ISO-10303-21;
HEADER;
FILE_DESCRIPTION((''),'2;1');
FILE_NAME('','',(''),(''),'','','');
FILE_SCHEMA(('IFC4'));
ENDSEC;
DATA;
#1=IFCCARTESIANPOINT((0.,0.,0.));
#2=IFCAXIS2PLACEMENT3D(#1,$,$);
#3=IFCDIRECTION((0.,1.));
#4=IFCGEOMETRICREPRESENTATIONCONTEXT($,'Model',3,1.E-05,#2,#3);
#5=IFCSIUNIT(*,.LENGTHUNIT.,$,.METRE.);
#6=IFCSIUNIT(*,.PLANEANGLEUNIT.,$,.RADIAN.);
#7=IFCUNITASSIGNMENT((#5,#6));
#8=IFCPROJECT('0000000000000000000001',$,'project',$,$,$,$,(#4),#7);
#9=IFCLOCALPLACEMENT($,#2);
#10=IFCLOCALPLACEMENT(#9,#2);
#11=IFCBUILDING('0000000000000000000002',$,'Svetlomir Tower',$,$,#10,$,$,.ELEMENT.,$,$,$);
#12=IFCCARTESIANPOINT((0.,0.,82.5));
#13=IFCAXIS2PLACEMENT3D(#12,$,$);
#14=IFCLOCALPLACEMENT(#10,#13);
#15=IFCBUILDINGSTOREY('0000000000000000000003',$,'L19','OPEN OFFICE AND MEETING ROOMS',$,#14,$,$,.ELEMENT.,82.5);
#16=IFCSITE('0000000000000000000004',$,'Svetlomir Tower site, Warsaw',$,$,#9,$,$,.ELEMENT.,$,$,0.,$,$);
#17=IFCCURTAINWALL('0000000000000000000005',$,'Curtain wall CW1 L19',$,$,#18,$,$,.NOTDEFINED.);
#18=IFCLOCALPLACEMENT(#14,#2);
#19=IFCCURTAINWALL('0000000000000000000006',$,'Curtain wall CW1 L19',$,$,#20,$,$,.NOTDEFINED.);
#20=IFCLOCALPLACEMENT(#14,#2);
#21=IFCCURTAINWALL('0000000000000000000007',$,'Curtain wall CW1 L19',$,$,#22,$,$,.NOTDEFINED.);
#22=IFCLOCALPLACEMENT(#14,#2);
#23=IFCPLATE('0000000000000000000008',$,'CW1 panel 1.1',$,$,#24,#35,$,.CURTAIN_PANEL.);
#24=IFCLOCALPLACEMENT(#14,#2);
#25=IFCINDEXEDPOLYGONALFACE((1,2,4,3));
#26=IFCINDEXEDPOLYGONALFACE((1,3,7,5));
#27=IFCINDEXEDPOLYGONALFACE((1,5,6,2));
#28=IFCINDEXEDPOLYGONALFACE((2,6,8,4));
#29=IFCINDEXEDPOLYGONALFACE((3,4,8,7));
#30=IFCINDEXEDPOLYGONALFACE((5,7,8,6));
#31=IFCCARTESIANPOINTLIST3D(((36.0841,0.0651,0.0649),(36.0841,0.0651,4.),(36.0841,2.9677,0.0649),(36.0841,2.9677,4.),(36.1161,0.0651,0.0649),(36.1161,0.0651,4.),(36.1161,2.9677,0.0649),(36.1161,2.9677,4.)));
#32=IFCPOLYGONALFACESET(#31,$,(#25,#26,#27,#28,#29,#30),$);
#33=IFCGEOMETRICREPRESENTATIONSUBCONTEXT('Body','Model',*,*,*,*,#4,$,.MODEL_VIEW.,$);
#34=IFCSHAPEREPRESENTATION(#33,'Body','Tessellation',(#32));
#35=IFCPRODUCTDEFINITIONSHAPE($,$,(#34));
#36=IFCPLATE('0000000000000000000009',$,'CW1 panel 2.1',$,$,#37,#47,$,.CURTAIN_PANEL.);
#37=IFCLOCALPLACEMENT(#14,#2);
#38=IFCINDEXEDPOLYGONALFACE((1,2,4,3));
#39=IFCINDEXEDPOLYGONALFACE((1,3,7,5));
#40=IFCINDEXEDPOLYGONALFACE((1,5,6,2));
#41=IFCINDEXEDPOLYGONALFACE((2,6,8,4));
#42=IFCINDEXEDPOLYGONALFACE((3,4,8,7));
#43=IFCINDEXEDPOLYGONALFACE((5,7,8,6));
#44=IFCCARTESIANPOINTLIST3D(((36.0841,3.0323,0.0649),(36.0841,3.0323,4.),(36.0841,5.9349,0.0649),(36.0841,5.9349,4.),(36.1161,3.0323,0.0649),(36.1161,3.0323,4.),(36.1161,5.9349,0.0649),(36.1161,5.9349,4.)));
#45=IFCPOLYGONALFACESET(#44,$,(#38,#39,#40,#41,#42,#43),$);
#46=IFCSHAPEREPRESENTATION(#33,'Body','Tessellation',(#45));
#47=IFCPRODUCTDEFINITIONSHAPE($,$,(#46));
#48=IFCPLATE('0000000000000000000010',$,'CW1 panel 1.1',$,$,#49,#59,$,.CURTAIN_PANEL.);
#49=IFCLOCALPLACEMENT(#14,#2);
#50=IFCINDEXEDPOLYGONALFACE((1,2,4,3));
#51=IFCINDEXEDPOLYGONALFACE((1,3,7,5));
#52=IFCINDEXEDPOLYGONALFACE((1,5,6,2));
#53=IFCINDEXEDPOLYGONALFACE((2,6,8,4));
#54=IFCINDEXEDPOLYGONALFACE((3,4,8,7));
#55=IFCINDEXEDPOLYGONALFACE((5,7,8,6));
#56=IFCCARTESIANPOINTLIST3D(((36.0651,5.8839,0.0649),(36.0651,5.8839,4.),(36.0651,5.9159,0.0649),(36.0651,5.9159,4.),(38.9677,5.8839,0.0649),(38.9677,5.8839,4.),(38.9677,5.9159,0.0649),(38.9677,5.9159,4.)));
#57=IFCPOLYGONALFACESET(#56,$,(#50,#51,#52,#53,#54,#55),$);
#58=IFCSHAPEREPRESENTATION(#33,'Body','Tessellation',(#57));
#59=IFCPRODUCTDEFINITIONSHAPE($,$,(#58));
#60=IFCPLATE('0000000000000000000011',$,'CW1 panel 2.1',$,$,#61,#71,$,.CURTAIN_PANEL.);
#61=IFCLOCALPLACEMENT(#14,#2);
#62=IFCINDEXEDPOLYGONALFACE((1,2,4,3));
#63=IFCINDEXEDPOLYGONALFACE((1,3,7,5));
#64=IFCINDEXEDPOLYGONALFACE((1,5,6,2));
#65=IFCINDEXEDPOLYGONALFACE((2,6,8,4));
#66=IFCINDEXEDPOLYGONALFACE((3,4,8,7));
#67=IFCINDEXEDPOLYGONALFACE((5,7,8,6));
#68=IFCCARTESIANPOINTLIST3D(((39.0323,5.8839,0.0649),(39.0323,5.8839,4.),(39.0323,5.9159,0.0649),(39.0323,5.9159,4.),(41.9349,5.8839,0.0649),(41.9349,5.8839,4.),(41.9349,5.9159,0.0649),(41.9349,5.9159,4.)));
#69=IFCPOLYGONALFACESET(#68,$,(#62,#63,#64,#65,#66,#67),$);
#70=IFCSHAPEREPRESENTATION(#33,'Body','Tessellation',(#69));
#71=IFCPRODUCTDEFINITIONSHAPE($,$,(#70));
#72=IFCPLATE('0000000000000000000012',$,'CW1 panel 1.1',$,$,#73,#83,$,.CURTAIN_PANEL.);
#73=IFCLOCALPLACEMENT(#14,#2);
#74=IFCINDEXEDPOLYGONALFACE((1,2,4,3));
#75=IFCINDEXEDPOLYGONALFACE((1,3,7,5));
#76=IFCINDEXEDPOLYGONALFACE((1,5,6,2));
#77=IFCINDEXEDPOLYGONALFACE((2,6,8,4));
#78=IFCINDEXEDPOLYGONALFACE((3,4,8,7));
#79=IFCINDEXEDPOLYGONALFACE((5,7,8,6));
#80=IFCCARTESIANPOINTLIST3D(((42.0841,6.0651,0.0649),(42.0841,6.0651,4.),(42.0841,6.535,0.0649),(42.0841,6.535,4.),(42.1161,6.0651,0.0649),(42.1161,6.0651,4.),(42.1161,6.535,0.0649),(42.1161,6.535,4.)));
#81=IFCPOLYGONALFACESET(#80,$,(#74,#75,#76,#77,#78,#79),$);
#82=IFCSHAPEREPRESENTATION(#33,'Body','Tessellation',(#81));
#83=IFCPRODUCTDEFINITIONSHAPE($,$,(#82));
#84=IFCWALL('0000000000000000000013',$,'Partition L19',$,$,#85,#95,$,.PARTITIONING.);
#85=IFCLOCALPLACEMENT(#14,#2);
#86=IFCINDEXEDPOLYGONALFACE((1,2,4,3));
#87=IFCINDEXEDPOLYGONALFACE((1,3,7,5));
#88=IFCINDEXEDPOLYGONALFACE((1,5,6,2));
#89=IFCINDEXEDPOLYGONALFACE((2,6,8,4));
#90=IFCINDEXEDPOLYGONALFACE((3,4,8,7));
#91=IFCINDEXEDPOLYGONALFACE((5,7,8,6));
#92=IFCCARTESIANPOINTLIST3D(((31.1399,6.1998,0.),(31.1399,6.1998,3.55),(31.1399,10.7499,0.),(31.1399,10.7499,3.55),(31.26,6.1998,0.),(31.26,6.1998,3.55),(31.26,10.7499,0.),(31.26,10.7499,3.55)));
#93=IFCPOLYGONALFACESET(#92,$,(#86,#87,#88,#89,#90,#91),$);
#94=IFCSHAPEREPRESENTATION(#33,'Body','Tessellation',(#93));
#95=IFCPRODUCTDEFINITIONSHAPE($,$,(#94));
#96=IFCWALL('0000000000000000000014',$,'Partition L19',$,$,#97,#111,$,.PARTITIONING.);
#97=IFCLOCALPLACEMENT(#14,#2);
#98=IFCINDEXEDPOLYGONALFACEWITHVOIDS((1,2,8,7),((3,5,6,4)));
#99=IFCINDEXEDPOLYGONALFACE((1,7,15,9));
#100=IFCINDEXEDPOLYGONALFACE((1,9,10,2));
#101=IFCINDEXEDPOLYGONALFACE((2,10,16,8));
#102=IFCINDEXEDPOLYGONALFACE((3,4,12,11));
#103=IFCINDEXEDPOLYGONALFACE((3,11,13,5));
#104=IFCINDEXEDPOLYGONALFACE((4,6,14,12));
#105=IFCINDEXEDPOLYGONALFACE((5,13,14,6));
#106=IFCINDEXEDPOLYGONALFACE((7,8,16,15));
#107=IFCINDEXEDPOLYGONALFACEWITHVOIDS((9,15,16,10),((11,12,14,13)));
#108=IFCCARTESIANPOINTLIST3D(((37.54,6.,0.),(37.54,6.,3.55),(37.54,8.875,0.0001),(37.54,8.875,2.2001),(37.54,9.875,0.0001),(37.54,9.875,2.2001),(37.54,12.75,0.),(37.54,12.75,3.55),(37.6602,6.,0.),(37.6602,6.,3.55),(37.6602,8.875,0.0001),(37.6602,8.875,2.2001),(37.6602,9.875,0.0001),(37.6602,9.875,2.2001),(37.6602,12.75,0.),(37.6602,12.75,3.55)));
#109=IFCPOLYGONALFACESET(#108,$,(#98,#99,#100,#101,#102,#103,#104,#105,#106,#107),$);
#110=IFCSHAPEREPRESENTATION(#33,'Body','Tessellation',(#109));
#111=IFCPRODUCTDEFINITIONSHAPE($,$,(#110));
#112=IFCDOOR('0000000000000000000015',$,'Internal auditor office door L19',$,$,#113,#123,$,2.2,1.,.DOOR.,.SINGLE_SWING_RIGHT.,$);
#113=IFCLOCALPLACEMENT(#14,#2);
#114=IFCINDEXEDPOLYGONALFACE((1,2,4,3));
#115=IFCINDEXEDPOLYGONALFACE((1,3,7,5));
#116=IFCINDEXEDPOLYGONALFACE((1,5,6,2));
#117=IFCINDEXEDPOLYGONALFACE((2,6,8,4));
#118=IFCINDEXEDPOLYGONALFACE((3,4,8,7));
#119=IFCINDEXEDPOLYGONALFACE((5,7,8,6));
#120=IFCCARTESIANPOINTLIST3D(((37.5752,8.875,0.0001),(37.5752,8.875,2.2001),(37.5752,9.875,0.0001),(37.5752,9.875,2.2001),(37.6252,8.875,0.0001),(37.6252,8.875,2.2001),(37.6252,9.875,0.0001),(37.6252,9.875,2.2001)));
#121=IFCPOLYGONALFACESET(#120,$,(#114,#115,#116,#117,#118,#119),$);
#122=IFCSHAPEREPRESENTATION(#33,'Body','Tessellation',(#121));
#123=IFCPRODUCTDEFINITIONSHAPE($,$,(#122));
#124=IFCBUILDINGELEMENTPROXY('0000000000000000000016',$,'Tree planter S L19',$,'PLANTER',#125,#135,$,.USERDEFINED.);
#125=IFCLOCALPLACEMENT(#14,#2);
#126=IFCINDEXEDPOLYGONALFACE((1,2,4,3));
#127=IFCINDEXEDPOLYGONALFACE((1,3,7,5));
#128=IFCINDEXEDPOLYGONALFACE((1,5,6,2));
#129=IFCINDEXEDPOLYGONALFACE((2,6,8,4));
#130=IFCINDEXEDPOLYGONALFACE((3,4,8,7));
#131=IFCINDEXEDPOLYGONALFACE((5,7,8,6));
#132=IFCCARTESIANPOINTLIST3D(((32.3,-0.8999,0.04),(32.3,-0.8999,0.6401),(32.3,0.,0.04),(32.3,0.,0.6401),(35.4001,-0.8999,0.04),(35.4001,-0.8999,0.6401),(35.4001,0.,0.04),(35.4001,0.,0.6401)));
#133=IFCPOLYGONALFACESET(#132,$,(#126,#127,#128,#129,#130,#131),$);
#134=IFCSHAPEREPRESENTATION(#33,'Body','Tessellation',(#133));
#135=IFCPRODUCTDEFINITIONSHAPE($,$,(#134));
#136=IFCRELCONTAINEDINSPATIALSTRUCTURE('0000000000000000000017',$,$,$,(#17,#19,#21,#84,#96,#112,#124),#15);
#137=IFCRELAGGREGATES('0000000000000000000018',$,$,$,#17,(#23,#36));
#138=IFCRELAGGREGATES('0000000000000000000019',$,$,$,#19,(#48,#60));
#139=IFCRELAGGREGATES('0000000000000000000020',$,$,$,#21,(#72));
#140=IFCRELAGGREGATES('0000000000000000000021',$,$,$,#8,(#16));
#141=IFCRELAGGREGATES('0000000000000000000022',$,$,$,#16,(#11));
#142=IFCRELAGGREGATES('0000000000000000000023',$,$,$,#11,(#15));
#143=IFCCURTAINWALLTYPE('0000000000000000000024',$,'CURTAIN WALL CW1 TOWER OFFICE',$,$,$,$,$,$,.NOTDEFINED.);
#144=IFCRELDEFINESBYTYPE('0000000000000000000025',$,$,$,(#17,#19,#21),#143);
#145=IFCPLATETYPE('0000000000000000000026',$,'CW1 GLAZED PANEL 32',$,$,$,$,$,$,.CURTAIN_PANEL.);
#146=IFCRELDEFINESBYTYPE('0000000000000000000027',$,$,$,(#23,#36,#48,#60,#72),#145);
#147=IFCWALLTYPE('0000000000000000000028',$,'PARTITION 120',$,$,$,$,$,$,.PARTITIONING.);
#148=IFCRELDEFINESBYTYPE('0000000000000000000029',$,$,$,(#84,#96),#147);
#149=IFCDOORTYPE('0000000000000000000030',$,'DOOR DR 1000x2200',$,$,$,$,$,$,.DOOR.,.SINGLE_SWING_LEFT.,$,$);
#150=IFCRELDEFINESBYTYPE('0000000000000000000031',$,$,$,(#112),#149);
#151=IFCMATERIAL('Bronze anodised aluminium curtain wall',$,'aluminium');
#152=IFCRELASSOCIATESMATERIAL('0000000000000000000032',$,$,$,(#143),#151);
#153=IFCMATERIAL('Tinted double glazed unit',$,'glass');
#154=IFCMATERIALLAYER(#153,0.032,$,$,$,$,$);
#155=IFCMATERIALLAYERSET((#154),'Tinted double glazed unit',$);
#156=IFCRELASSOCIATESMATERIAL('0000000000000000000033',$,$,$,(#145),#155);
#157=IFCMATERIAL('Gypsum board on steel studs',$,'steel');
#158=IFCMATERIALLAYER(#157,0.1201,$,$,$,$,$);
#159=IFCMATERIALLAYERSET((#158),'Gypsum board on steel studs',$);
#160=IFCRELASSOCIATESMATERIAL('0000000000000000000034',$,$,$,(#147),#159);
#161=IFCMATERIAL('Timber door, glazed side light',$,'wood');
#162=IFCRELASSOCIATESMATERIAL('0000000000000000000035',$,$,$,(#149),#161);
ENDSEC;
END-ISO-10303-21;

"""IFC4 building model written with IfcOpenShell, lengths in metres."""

from ifc_helpers import new_model, si_unit, direction, frame, frame_2d, origin, origin_2d, place, context, subcontext, project, spatial, rectangle, extrude, material, layer, layer_set, type_object, element, fill, aggregate, save


model = new_model("IFC4")

# Units and contexts
model_context = context("Model", 3, precision=1e-05, world=origin(), true_north=direction((0.0, 1.0)))
body_context = subcontext(model_context, "Body", "Model", "MODEL_VIEW")
ifc_project = project(units=[si_unit("LENGTHUNIT", "METRE"), si_unit("PLANEANGLEUNIT", "RADIAN")], contexts=[model_context])

# Site, building, storey
site_placement = place(None, origin())
site = spatial("IfcSite", under=ifc_project, at=site_placement, Name="Svetlomir Tower site, Warsaw", CompositionType="ELEMENT", RefElevation=0.0)
building_placement = place(site_placement, origin())
building = spatial("IfcBuilding", under=site, at=building_placement, Name="Svetlomir Tower", CompositionType="ELEMENT")
storey_placement = place(building_placement, frame((0.0, 0.0, 82.5)))
storey = spatial("IfcBuildingStorey", under=building, at=storey_placement, Name="L19", Description="OPEN OFFICE AND MEETING ROOMS", CompositionType="ELEMENT", Elevation=82.5)

# Curtain walls
ifc_material_1 = material(Name="Bronze anodised aluminium curtain wall", Category="aluminium")
curtain_wall_type = type_object("IfcCurtainWallType", Name="CURTAIN WALL CW1 TOWER OFFICE", PredefinedType="NOTDEFINED", material=ifc_material_1)
curtain_wall_1_placement = place(storey_placement, origin())
curtain_wall_1 = element("IfcCurtainWall", 1, at=curtain_wall_1_placement, inside=storey, type_object=curtain_wall_type, Name="Curtain wall CW1 L19", PredefinedType="NOTDEFINED")
curtain_wall_2_placement = place(storey_placement, origin())
curtain_wall_2 = element("IfcCurtainWall", 2, at=curtain_wall_2_placement, inside=storey, type_object=curtain_wall_type, Name="Curtain wall CW1 L19", PredefinedType="NOTDEFINED")

# Curtain wall
curtain_wall_3_placement = place(storey_placement, origin())
curtain_wall_3 = element("IfcCurtainWall", 3, at=curtain_wall_3_placement, inside=storey, type_object=curtain_wall_type, Name="Curtain wall CW1 L19", PredefinedType="NOTDEFINED")

# Plates
ifc_material_2 = material(Name="Tinted double glazed unit", Category="glass")
ifc_layer_1 = layer(ifc_material_2, 0.032)
ifc_layer_set_1 = layer_set([ifc_layer_1], Name="Tinted double glazed unit")
plate_type = type_object("IfcPlateType", Name="CW1 GLAZED PANEL 32", PredefinedType="CURTAIN_PANEL", material=ifc_layer_set_1)
plate_1_placement = place(storey_placement, frame((36.1001, 1.5164, 0.0649), z_axis=(0.0, 0.0, 1.0), x_axis=(0.0, 1.0, 0.0)))
plate_1 = element("IfcPlate", 4, at=plate_1_placement, type_object=plate_type, Name="CW1 panel 1.1", PredefinedType="CURTAIN_PANEL", context=body_context, shape_type="SweptSolid", body=[
    extrude(rectangle(XDim=2.9026, YDim=0.032, at=origin_2d()), origin(), (0.0, 0.0, 1.0), 3.9351),
])
plate_2_placement = place(storey_placement, frame((36.1001, 4.4836, 0.0649), z_axis=(0.0, 0.0, 1.0), x_axis=(0.0, 1.0, 0.0)))
plate_2 = element("IfcPlate", 5, at=plate_2_placement, type_object=plate_type, Name="CW1 panel 2.1", PredefinedType="CURTAIN_PANEL", context=body_context, shape_type="SweptSolid", body=[
    extrude(rectangle(XDim=2.9026, YDim=0.032, at=origin_2d()), origin(), (0.0, 0.0, 1.0), 3.9351),
])
aggregate(curtain_wall_1, [plate_1, plate_2])
plate_3_placement = place(storey_placement, frame((37.5164, 5.8999, 0.0649), z_axis=(0.0, 0.0, 1.0), x_axis=(1.0, 0.0, 0.0)))
plate_3 = element("IfcPlate", 6, at=plate_3_placement, type_object=plate_type, Name="CW1 panel 1.1", PredefinedType="CURTAIN_PANEL", context=body_context, shape_type="SweptSolid", body=[
    extrude(rectangle(XDim=2.9026, YDim=0.032, at=origin_2d()), origin(), (0.0, 0.0, 1.0), 3.9351),
])
plate_4_placement = place(storey_placement, frame((40.4836, 5.8999, 0.0649), z_axis=(0.0, 0.0, 1.0), x_axis=(1.0, 0.0, 0.0)))
plate_4 = element("IfcPlate", 7, at=plate_4_placement, type_object=plate_type, Name="CW1 panel 2.1", PredefinedType="CURTAIN_PANEL", context=body_context, shape_type="SweptSolid", body=[
    extrude(rectangle(XDim=2.9026, YDim=0.032, at=origin_2d()), origin(), (0.0, 0.0, 1.0), 3.9351),
])
aggregate(curtain_wall_2, [plate_3, plate_4])
plate_5_placement = place(storey_placement, frame((42.1001, 6.3, 0.0649), z_axis=(0.0, 0.0, 1.0), x_axis=(0.0, 1.0, 0.0)))
plate_5 = element("IfcPlate", 8, at=plate_5_placement, type_object=plate_type, Name="CW1 panel 1.1", PredefinedType="CURTAIN_PANEL", context=body_context, shape_type="SweptSolid", body=[
    extrude(rectangle(XDim=0.47, YDim=0.032, at=origin_2d()), origin(), (0.0, 0.0, 1.0), 3.9351),
])
aggregate(curtain_wall_3, [plate_5])

# Wall
ifc_material_3 = material(Name="Gypsum board on steel studs", Category="steel")
ifc_layer_2 = layer(ifc_material_3, 0.1201)
ifc_layer_set_2 = layer_set([ifc_layer_2], Name="Gypsum board on steel studs")
wall_type = type_object("IfcWallType", Name="PARTITION 120", PredefinedType="PARTITIONING", material=ifc_layer_set_2)
wall_1_placement = place(storey_placement, frame((31.2, 6.2, 0.0), z_axis=(0.0, 0.0, 1.0), x_axis=(0.0, 1.0, 0.0)))
element("IfcWall", 9, at=wall_1_placement, inside=storey, type_object=wall_type, Name="Partition L19", PredefinedType="PARTITIONING", context=body_context, shape_type="SweptSolid", body=[
    extrude(rectangle(XDim=4.55, YDim=0.1201, at=frame_2d((2.2749, 0.0))), origin(), (0.0, 0.0, 1.0), 3.55),
])

# Wall, opening, door
wall_2_placement = place(storey_placement, frame((37.6001, 6.0, 0.0), z_axis=(0.0, 0.0, 1.0), x_axis=(0.0, 1.0, 0.0)))
wall_2 = element("IfcWall", 10, at=wall_2_placement, inside=storey, type_object=wall_type, Name="Partition L19", PredefinedType="PARTITIONING", context=body_context, shape_type="SweptSolid", body=[
    extrude(rectangle(XDim=6.75, YDim=0.1201, at=frame_2d((3.375, 0.0))), origin(), (0.0, 0.0, 1.0), 3.55),
])
opening_placement = place(wall_2_placement, frame((2.875, 0.0, 0.0)))
opening = element("IfcOpeningElement", 11, at=opening_placement, cuts=wall_2, PredefinedType="OPENING", context=body_context, shape_type="SweptSolid", body=[
    extrude(rectangle(XDim=1.0, YDim=2.2, at=frame_2d((0.5, 1.1001))), frame((0.0, 0.0701, 0.0), z_axis=(0.0, -1.0, 0.0), x_axis=(1.0, 0.0, 0.0)), (0.0, 0.0, 1.0), 0.1401),
])
ifc_material_4 = material(Name="Timber door, glazed side light", Category="wood")
door_type = type_object("IfcDoorType", Name="DOOR DR 1000x2200", OperationType="SINGLE_SWING_LEFT", PredefinedType="DOOR", material=ifc_material_4)
door_placement = place(opening_placement, origin())
door = element("IfcDoor", 12, at=door_placement, inside=storey, type_object=door_type, Name="Internal auditor office door L19", OperationType="SINGLE_SWING_RIGHT", OverallHeight=2.2, OverallWidth=1.0, PredefinedType="DOOR", context=body_context, shape_type="SweptSolid", body=[
    extrude(rectangle(XDim=1.0, YDim=2.2, at=frame_2d((0.5, 1.1001))), frame((0.0, 0.0249, 0.0), z_axis=(0.0, -1.0, 0.0), x_axis=(1.0, 0.0, 0.0)), (0.0, 0.0, 1.0), 0.05),
])
fill(opening, door)

# Building element proxy
proxy_placement = place(storey_placement, frame((33.8501, -0.45, 0.04), z_axis=(0.0, 0.0, 1.0), x_axis=(1.0, 0.0, 0.0)))
element("IfcBuildingElementProxy", 13, at=proxy_placement, inside=storey, Name="Tree planter S L19", ObjectType="PLANTER", PredefinedType="USERDEFINED", context=body_context, shape_type="SweptSolid", body=[
    extrude(rectangle(XDim=3.1001, YDim=0.8999, at=origin_2d()), origin(), (0.0, 0.0, 1.0), 0.6001),
])

save(model, "model.ifc")
